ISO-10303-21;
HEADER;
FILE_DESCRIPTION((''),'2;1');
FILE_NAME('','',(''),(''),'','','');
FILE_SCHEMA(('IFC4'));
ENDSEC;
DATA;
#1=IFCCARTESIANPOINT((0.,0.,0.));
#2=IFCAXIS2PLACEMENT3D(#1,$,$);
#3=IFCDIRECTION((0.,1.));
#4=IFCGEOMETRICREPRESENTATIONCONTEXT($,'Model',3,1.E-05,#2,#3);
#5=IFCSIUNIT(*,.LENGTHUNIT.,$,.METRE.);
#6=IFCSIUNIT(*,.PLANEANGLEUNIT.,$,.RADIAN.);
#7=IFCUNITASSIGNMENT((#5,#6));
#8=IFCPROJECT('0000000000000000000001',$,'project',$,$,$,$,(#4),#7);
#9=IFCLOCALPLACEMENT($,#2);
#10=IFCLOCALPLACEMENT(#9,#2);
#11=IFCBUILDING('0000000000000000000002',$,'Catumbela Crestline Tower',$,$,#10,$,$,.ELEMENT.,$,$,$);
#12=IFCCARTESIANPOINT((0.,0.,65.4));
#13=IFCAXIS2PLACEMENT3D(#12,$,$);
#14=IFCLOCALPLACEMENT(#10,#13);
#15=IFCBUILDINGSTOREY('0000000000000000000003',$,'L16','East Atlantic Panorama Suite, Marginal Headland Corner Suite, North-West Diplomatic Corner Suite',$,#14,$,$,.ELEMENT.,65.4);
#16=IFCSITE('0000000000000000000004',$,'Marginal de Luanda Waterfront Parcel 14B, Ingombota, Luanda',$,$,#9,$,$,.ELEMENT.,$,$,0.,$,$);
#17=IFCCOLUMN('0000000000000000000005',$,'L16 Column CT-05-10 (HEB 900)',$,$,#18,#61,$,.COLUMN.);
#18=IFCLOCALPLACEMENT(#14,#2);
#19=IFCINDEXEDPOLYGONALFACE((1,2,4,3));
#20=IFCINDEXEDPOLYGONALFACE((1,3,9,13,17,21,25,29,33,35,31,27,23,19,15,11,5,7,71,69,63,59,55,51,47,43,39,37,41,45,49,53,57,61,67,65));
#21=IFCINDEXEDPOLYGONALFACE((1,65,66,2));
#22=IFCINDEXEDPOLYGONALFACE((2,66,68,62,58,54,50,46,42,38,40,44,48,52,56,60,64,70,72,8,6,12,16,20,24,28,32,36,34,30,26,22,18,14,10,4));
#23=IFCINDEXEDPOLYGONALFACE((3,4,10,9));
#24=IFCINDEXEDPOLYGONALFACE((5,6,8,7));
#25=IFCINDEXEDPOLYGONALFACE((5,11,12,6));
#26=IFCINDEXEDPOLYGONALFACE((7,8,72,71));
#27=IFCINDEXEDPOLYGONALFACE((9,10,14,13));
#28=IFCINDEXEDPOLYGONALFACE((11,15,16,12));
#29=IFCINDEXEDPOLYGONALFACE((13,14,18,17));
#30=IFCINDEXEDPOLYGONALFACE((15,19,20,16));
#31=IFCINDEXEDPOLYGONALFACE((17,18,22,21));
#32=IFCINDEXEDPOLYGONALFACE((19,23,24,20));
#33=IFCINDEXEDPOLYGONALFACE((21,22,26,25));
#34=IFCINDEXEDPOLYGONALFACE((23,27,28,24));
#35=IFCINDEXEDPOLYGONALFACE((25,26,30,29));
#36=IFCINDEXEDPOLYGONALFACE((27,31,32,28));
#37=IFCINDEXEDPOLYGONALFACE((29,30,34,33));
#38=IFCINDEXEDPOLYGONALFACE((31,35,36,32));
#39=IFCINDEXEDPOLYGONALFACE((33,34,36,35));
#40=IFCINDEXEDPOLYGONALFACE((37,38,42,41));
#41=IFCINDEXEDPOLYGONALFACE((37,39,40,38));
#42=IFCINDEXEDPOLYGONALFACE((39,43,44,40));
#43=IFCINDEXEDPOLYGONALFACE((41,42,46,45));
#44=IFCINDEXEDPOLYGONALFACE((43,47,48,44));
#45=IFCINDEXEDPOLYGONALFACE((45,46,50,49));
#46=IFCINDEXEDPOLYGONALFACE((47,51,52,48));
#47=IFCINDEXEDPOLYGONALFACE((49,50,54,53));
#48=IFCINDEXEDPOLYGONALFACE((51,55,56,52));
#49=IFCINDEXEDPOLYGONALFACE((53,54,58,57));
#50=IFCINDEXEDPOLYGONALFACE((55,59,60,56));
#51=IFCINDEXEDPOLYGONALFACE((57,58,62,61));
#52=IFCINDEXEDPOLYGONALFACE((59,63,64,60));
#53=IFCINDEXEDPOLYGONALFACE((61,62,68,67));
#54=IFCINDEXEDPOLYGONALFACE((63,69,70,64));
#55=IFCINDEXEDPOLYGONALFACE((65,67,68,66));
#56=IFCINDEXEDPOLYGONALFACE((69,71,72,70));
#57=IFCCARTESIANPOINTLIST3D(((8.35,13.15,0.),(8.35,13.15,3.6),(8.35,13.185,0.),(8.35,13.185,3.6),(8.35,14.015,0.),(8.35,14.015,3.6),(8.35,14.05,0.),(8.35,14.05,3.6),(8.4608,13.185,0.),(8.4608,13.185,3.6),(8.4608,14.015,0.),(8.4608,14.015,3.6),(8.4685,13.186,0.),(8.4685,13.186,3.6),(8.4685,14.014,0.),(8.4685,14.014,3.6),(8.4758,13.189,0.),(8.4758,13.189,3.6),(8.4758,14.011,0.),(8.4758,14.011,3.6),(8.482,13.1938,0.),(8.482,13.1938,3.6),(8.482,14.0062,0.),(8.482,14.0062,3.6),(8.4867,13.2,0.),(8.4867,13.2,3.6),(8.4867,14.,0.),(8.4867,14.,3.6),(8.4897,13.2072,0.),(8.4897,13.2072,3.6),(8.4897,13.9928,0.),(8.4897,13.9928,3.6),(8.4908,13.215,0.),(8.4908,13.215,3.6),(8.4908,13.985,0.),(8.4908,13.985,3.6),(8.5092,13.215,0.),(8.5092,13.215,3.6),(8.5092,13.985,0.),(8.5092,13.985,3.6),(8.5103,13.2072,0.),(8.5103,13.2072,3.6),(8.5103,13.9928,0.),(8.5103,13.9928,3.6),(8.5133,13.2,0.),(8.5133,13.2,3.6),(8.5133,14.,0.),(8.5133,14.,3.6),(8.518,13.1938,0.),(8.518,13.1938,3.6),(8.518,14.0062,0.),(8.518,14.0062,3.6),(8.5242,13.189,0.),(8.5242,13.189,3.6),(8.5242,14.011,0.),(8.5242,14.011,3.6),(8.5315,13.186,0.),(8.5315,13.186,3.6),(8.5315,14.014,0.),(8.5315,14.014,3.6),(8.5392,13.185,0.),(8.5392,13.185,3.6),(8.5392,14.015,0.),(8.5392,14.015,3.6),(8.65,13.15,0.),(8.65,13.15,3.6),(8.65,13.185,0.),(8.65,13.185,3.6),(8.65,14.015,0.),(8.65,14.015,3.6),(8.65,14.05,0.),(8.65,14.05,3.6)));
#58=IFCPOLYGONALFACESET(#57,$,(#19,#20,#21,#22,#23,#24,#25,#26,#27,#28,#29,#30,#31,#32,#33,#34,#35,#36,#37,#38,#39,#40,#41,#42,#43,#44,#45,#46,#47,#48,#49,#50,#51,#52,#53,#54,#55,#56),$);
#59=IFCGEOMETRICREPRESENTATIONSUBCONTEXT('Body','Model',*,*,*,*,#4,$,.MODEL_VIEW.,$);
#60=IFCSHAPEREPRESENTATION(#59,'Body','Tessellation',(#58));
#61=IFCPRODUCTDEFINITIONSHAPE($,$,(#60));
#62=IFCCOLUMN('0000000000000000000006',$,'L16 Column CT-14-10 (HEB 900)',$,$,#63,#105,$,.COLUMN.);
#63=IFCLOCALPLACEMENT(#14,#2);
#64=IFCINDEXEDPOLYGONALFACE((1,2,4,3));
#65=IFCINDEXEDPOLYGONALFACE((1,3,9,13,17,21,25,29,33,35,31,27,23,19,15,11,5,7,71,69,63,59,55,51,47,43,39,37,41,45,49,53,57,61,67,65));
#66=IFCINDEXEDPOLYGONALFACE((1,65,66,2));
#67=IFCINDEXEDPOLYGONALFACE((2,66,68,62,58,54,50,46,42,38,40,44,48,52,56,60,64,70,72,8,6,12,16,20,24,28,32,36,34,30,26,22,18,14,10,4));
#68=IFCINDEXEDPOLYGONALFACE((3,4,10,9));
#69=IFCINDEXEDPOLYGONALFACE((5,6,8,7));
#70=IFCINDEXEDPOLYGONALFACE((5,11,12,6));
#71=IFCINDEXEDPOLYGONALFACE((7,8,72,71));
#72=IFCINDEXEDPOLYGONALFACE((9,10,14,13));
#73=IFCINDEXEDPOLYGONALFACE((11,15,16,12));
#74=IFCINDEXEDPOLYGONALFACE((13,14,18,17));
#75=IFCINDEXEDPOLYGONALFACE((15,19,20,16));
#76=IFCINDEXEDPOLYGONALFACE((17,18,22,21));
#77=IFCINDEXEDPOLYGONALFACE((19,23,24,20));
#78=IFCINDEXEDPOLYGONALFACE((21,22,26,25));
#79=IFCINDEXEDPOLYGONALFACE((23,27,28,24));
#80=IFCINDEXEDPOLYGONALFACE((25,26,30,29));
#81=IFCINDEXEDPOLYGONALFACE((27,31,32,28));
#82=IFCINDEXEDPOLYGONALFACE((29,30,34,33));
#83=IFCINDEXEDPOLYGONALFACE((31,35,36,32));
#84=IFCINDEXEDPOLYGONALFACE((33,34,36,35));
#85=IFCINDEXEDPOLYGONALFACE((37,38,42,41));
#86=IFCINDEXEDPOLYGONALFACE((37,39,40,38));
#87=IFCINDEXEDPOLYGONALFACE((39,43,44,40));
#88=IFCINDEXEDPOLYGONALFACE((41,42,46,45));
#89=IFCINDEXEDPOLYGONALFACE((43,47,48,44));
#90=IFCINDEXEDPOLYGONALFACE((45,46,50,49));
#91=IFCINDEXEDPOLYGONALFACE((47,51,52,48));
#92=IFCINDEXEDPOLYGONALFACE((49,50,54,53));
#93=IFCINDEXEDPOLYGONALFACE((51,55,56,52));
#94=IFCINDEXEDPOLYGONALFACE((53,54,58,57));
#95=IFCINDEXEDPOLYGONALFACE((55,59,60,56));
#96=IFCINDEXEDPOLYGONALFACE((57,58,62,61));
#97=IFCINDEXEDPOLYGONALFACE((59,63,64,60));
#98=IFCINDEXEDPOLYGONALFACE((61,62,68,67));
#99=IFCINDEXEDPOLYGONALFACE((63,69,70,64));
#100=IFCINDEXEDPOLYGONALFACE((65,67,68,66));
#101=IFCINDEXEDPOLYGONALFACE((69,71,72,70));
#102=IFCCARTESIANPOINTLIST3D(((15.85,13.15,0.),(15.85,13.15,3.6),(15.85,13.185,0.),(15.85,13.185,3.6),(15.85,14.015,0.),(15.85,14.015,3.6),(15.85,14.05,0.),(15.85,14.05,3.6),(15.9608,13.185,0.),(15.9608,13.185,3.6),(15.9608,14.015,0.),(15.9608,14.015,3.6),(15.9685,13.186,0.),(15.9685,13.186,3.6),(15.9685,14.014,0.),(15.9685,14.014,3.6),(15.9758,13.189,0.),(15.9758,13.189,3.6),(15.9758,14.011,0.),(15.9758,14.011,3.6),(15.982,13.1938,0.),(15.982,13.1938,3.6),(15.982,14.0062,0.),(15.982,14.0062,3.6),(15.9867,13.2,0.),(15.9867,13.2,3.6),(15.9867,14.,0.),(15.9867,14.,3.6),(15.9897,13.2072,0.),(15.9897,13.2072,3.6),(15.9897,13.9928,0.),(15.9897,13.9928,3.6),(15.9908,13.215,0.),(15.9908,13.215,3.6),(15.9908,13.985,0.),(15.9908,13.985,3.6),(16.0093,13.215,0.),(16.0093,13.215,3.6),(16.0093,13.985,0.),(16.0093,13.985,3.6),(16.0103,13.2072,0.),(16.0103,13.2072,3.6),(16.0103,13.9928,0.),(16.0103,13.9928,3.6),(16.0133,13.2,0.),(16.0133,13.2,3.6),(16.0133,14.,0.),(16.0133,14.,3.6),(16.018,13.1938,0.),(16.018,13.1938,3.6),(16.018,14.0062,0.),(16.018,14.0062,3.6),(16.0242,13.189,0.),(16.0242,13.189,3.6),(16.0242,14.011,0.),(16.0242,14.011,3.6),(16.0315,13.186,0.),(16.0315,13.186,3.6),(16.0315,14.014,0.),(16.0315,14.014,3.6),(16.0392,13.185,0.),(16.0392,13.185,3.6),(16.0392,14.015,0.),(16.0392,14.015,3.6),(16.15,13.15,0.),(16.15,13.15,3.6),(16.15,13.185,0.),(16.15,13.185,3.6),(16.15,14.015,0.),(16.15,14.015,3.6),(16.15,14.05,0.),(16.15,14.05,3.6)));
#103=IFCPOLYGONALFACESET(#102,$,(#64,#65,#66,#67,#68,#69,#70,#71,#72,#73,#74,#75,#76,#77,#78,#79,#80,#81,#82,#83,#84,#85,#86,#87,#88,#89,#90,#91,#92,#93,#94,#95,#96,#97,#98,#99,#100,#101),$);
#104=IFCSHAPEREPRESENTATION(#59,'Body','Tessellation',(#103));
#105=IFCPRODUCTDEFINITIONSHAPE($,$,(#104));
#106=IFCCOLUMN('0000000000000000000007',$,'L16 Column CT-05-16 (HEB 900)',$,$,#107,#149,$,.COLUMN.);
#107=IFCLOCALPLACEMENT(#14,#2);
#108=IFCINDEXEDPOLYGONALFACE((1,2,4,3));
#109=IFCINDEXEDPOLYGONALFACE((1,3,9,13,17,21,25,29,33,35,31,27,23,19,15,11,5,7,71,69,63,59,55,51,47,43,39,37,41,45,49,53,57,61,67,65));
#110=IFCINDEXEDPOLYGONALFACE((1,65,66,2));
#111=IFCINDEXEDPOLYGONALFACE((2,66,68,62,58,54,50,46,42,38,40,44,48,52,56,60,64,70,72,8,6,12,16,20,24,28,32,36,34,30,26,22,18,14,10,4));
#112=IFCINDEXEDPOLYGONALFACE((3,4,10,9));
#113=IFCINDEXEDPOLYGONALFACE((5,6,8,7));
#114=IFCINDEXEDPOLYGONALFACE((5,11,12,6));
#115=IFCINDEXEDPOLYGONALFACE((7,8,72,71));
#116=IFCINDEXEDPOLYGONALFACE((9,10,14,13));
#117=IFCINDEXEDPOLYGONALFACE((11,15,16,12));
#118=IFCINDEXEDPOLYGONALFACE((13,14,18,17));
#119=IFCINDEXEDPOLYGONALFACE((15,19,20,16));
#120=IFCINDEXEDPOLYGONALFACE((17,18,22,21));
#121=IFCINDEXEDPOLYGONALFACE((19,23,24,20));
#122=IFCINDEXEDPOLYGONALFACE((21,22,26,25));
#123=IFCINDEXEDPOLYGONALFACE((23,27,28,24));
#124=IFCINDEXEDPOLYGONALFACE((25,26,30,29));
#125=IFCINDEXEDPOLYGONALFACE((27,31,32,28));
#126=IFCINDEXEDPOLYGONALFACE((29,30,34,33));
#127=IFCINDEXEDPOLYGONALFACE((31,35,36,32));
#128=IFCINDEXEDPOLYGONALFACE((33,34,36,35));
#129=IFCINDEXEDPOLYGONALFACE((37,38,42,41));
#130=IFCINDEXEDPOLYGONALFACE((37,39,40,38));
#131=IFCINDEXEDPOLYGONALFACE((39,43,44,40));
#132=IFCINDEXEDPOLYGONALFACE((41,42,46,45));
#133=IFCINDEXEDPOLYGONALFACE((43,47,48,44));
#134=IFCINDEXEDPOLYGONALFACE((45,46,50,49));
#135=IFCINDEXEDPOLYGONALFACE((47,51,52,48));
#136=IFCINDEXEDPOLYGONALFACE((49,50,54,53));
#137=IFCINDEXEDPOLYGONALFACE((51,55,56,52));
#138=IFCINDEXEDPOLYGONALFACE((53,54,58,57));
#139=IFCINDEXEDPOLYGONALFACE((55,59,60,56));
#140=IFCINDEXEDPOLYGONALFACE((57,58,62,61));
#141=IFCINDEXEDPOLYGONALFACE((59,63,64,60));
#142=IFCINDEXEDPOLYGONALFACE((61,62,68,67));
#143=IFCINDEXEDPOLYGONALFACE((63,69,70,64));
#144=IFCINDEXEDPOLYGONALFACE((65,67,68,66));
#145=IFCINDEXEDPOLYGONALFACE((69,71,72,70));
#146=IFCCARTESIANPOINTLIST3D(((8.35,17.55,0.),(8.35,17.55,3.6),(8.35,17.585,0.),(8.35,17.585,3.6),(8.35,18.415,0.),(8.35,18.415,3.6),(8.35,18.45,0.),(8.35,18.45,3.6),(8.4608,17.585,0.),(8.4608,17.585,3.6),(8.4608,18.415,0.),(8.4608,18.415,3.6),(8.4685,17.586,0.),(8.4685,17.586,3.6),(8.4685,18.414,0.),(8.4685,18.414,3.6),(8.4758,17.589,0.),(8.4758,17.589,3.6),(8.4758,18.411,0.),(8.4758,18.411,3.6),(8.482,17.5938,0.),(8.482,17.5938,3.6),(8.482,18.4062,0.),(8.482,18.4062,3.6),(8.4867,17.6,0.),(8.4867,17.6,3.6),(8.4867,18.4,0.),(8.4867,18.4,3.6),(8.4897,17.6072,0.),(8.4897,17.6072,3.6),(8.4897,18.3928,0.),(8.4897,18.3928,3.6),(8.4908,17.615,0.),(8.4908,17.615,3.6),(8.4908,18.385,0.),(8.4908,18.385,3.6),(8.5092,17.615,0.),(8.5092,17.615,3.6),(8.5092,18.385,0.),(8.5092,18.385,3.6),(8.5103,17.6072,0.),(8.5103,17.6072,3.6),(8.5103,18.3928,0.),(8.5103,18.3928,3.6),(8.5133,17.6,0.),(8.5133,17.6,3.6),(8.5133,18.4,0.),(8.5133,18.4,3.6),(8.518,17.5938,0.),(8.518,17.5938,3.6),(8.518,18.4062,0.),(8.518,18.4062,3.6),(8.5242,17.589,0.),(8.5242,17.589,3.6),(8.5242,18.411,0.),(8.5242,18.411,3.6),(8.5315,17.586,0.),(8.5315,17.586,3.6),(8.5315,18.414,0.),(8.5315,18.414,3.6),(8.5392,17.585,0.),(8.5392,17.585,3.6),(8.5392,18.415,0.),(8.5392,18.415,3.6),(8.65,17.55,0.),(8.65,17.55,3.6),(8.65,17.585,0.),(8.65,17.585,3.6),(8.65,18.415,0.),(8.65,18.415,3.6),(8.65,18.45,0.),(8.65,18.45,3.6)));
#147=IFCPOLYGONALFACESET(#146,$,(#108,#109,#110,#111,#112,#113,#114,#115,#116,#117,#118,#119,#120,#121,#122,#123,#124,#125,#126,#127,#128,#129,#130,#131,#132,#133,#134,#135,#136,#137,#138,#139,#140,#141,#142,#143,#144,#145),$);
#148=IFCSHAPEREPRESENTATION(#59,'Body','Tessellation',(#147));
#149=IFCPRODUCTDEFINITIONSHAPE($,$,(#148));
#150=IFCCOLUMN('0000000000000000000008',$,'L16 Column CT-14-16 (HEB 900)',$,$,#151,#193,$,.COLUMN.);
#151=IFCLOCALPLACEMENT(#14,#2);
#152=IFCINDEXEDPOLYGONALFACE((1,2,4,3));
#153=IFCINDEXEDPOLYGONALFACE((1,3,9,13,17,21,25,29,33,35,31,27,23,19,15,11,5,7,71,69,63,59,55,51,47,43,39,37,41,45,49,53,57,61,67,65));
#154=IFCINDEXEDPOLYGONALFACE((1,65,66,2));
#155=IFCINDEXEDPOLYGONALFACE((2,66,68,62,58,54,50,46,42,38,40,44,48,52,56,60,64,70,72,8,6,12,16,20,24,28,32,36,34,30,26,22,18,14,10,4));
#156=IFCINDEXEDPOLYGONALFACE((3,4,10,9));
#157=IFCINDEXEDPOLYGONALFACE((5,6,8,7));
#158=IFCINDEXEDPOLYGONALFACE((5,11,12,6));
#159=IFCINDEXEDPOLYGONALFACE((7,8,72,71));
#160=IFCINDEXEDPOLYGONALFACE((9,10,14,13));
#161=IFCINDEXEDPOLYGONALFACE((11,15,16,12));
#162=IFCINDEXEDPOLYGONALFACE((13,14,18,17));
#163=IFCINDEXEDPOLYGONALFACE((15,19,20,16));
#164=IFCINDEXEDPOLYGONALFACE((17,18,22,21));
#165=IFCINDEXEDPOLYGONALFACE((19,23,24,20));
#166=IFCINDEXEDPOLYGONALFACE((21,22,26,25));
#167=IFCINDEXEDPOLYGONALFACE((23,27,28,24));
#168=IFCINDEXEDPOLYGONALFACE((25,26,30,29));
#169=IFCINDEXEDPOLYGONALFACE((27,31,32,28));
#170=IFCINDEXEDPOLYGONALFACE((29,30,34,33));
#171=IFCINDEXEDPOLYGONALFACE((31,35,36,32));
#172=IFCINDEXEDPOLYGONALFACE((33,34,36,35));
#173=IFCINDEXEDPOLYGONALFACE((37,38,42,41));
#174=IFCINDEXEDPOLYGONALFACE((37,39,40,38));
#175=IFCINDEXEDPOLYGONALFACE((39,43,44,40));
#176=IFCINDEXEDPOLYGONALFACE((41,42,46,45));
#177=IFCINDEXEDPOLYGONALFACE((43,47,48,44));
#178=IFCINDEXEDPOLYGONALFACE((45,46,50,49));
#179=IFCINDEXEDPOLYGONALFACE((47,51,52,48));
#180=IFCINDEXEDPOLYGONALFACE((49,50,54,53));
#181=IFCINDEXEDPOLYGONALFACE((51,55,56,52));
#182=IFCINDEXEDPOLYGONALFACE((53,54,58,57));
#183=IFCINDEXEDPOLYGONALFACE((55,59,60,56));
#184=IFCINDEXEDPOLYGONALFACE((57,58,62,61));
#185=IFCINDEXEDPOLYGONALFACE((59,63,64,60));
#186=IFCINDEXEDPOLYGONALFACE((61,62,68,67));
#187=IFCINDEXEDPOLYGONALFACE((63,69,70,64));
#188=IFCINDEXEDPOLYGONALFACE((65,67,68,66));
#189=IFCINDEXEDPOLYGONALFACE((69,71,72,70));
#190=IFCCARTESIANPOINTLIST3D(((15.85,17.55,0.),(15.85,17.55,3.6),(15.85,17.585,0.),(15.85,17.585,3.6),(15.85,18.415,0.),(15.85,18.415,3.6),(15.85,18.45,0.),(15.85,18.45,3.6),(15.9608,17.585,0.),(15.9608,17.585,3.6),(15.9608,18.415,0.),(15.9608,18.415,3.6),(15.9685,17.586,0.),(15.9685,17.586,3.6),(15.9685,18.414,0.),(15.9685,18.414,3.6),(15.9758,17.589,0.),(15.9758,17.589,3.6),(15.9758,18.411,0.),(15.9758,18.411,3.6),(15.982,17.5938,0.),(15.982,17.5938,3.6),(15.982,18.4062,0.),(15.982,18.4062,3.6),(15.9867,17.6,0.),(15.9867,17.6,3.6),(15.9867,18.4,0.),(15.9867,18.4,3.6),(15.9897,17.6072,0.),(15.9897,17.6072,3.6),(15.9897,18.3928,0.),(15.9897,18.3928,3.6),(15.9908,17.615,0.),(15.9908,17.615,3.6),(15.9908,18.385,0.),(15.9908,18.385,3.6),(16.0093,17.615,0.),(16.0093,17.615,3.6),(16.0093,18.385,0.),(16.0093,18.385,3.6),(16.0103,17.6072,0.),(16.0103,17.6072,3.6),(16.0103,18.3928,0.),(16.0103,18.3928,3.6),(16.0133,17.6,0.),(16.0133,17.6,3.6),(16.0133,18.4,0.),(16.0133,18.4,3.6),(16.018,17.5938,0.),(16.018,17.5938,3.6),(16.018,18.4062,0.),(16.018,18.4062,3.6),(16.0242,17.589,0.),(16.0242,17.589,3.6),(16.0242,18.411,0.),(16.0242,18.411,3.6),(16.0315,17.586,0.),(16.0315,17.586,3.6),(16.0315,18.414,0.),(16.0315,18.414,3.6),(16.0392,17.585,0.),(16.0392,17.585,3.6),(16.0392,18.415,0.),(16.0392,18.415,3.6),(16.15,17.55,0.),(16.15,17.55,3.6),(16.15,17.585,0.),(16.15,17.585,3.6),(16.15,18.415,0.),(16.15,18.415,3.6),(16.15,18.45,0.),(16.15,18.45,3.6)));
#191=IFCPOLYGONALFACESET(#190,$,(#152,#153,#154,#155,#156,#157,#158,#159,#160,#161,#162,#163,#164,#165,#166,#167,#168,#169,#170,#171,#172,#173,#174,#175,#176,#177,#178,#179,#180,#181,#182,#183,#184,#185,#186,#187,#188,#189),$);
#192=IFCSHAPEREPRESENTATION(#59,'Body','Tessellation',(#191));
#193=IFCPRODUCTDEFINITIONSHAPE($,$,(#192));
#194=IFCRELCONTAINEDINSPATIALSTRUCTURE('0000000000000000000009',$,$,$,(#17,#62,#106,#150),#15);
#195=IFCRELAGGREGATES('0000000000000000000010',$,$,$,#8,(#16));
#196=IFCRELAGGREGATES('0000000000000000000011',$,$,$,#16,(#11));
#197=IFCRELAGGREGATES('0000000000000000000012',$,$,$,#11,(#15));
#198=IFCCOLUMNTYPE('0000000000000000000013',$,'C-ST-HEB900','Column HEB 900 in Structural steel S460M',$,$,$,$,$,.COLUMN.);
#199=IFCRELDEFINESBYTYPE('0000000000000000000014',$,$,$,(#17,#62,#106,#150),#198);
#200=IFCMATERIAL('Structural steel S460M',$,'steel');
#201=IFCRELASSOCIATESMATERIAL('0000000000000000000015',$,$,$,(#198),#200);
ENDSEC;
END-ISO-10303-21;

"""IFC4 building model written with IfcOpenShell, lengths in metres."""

from ifc_helpers import new_model, si_unit, direction, frame, origin, origin_2d, place, context, subcontext, project, spatial, i_section, extrude, material, material_profile, profile_set, type_object, element, save


model = new_model("IFC4")

# Units and contexts
model_context = context("Model", 3, precision=1e-05, world=origin(), true_north=direction((0.0, 1.0)))
body_context = subcontext(model_context, "Body", "Model", "MODEL_VIEW")
ifc_project = project(units=[si_unit("LENGTHUNIT", "METRE"), si_unit("PLANEANGLEUNIT", "RADIAN")], contexts=[model_context])

# Site, building, storey
site_placement = place(None, origin())
site = spatial("IfcSite", under=ifc_project, at=site_placement, Name="Marginal de Luanda Waterfront Parcel 14B, Ingombota, Luanda", CompositionType="ELEMENT", RefElevation=0.0)
building_placement = place(site_placement, origin())
building = spatial("IfcBuilding", under=site, at=building_placement, Name="Catumbela Crestline Tower", CompositionType="ELEMENT")
storey_placement = place(building_placement, frame((0.0, 0.0, 65.4)))
storey = spatial("IfcBuildingStorey", under=building, at=storey_placement, Name="L16", Description="East Atlantic Panorama Suite, Marginal Headland Corner Suite, North-West Diplomatic Corner Suite", CompositionType="ELEMENT", Elevation=65.4)

# Columns
ifc_material_1 = material(Name="Structural steel S460M", Category="steel")
ifc_material_profile_1 = material_profile(ifc_material_1, i_section(OverallWidth=0.3, OverallDepth=0.9, WebThickness=0.0185, FlangeThickness=0.035, FilletRadius=0.03, at=origin_2d()), Name="HEB 900")
ifc_profile_set_1 = profile_set([ifc_material_profile_1], Name="Structural steel S460M")
column_type = type_object("IfcColumnType", Name="C-ST-HEB900", Description="Column HEB 900 in Structural steel S460M", PredefinedType="COLUMN", material=ifc_profile_set_1)
for number, where, z_axis, x_axis, name in (
    (1, (8.5, 13.6, 0.0), (0.0, 0.0, 1.0), (1.0, 0.0, 0.0), "L16 Column CT-05-10 (HEB 900)"),
    (2, (16.0, 13.6, 0.0), (0.0, 0.0, 1.0), (1.0, 0.0, 0.0), "L16 Column CT-14-10 (HEB 900)"),
    (3, (8.5, 18.0, 0.0), (0.0, 0.0, 1.0), (1.0, 0.0, 0.0), "L16 Column CT-05-16 (HEB 900)"),
    (4, (16.0, 18.0, 0.0), (0.0, 0.0, 1.0), (1.0, 0.0, 0.0), "L16 Column CT-14-16 (HEB 900)"),
):
    element("IfcColumn", number, at=place(storey_placement, frame(where, z_axis=z_axis, x_axis=x_axis)), inside=storey, type_object=column_type, Name=name, PredefinedType="COLUMN", context=body_context, shape_type="SweptSolid", body=[
        extrude(i_section(OverallWidth=0.3, OverallDepth=0.9, WebThickness=0.0185, FlangeThickness=0.035, FilletRadius=0.03, at=origin_2d()), origin(), (0.0, 0.0, 1.0), 3.6),
    ])

save(model, "model.ifc")
